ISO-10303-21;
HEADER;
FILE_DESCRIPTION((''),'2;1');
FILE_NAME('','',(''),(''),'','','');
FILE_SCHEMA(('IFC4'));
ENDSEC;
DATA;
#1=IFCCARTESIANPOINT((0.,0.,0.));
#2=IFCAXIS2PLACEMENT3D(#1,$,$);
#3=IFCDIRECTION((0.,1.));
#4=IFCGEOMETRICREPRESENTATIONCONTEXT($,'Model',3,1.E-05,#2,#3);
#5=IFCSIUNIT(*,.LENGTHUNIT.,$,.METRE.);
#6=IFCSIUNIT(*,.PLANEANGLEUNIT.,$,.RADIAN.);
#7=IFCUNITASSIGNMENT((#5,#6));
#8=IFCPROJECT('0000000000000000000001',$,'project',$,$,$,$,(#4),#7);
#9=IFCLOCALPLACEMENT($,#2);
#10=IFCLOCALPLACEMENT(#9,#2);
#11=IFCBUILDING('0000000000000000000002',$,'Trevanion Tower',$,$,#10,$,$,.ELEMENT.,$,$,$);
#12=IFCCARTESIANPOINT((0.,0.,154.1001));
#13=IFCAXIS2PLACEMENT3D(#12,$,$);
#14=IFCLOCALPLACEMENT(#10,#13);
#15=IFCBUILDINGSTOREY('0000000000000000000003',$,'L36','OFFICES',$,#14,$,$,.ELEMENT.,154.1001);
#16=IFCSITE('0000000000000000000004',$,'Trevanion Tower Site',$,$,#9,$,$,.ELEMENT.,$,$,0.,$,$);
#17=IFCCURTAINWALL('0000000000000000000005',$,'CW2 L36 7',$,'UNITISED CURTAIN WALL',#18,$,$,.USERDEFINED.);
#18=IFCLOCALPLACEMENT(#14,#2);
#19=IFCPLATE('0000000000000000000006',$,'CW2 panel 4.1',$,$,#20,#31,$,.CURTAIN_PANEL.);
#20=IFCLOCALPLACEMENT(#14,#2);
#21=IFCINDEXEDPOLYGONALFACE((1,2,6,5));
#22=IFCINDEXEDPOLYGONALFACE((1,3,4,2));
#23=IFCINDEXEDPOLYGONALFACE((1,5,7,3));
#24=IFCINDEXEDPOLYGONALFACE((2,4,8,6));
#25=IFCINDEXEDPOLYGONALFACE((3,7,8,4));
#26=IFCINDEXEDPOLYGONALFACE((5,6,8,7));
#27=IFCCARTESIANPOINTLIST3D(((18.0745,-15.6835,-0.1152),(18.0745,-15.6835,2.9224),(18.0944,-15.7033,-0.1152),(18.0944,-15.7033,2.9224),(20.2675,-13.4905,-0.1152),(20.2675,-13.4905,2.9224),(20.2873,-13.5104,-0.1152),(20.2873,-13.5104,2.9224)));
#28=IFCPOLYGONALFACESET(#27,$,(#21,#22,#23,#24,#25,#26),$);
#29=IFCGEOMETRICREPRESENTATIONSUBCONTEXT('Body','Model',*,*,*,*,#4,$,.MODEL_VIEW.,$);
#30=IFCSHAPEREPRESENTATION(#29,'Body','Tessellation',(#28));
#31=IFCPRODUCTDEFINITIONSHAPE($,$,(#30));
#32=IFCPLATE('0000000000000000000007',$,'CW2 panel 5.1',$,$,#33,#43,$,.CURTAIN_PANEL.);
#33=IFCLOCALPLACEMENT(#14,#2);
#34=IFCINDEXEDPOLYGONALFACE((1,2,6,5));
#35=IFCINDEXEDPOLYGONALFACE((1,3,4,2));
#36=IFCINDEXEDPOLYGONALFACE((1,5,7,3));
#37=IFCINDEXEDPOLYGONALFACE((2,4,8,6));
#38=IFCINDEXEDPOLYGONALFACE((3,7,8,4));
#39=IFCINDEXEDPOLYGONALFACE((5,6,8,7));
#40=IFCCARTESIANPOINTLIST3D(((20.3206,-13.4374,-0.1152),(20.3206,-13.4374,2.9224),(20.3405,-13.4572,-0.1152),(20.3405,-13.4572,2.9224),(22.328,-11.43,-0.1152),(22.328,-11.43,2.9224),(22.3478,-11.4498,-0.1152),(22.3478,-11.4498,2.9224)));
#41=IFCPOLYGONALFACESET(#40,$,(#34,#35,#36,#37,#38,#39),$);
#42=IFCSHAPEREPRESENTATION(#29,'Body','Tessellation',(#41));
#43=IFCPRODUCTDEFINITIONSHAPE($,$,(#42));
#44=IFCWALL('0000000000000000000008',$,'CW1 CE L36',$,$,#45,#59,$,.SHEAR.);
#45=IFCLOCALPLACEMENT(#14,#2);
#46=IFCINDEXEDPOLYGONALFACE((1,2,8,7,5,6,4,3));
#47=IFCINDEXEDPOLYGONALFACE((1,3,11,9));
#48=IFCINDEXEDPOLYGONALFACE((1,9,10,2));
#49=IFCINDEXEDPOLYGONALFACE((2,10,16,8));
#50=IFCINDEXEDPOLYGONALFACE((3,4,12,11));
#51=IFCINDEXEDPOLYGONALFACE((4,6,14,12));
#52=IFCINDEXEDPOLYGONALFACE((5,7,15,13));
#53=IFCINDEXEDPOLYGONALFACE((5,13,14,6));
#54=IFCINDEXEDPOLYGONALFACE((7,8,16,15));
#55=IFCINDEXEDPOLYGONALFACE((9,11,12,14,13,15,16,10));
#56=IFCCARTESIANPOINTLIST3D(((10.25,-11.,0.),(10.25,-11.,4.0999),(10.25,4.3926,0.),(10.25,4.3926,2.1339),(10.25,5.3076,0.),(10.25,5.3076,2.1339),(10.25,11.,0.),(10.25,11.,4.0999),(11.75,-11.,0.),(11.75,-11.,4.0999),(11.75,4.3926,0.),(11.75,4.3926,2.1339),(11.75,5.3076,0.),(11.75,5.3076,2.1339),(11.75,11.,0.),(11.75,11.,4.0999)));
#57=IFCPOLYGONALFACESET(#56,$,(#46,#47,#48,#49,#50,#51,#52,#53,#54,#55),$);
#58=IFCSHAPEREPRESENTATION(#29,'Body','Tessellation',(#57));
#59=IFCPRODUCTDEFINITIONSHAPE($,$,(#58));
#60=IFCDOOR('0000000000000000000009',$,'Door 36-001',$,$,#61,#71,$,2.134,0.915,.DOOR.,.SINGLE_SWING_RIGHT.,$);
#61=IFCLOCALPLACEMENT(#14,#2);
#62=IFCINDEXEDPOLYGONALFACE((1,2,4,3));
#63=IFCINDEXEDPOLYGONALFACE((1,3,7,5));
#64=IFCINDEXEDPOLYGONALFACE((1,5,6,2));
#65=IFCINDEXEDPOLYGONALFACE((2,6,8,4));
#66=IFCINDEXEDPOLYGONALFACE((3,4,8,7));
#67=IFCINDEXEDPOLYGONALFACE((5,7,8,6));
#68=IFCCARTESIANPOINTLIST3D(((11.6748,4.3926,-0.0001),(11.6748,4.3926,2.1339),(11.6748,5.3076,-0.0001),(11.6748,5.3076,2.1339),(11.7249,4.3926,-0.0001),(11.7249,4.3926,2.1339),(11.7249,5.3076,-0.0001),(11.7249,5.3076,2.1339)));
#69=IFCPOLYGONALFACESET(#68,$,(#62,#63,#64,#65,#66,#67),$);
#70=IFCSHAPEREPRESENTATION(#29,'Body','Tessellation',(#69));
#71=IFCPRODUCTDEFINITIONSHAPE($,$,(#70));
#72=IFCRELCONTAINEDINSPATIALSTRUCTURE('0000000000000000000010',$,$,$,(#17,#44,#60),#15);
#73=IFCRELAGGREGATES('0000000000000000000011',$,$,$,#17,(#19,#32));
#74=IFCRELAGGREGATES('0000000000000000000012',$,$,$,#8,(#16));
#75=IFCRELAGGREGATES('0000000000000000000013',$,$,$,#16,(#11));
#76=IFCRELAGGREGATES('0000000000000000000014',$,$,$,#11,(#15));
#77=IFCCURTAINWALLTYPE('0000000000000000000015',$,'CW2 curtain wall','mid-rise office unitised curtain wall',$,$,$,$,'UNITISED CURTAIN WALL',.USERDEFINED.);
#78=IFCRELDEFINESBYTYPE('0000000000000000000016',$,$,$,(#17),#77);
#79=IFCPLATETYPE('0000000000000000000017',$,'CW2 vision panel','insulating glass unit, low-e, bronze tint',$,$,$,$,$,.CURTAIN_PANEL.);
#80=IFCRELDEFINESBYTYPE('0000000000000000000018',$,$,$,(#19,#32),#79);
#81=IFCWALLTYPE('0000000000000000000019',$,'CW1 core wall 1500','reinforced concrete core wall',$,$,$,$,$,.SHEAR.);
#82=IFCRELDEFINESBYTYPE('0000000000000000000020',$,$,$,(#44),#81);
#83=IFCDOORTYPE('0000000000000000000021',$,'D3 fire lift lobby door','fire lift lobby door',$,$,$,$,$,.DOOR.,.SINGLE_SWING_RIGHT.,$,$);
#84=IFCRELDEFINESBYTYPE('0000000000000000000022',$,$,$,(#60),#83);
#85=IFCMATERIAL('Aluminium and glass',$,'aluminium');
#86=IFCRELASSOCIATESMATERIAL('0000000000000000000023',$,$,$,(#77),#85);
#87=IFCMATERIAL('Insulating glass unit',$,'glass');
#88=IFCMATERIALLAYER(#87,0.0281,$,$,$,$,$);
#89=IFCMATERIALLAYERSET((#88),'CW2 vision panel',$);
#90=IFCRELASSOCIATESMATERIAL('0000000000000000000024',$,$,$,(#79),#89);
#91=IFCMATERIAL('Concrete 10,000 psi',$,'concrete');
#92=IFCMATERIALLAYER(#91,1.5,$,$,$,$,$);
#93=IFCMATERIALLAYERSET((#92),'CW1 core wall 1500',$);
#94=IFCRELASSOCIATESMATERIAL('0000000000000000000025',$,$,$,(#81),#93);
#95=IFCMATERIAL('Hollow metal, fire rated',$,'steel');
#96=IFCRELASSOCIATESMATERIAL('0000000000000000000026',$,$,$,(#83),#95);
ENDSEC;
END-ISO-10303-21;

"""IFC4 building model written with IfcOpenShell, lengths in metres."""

from ifc_helpers import new_model, si_unit, direction, frame, frame_2d, origin, origin_2d, place, context, subcontext, project, spatial, rectangle, extrude, material, layer, layer_set, type_object, element, fill, aggregate, save


model = new_model("IFC4")

# Units and contexts
model_context = context("Model", 3, precision=1e-05, world=origin(), true_north=direction((0.0, 1.0)))
body_context = subcontext(model_context, "Body", "Model", "MODEL_VIEW")
ifc_project = project(units=[si_unit("LENGTHUNIT", "METRE"), si_unit("PLANEANGLEUNIT", "RADIAN")], contexts=[model_context])

# Site, building, storey
site_placement = place(None, origin())
site = spatial("IfcSite", under=ifc_project, at=site_placement, Name="Trevanion Tower Site", CompositionType="ELEMENT", RefElevation=0.0)
building_placement = place(site_placement, origin())
building = spatial("IfcBuilding", under=site, at=building_placement, Name="Trevanion Tower", CompositionType="ELEMENT")
storey_placement = place(building_placement, frame((0.0, 0.0, 154.1001)))
storey = spatial("IfcBuildingStorey", under=building, at=storey_placement, Name="L36", Description="OFFICES", CompositionType="ELEMENT", Elevation=154.1001)

# Curtain wall
ifc_material_1 = material(Name="Aluminium and glass", Category="aluminium")
curtain_wall_type = type_object("IfcCurtainWallType", Name="CW2 curtain wall", Description="mid-rise office unitised curtain wall", ElementType="UNITISED CURTAIN WALL", PredefinedType="USERDEFINED", material=ifc_material_1)
curtain_wall_1_placement = place(storey_placement, origin())
curtain_wall_1 = element("IfcCurtainWall", 1, at=curtain_wall_1_placement, inside=storey, type_object=curtain_wall_type, Name="CW2 L36 7", ObjectType="UNITISED CURTAIN WALL", PredefinedType="USERDEFINED")

# Plates
ifc_material_2 = material(Name="Insulating glass unit", Category="glass")
ifc_layer_1 = layer(ifc_material_2, 0.0281)
ifc_layer_set_1 = layer_set([ifc_layer_1], Name="CW2 vision panel")
plate_type_1 = type_object("IfcPlateType", Name="CW2 vision panel", Description="insulating glass unit, low-e, bronze tint", PredefinedType="CURTAIN_PANEL", material=ifc_layer_set_1)
plate_1_placement = place(storey_placement, frame((19.1809, -14.5969, -0.1152), z_axis=(0.0, 0.0, 1.0), x_axis=(0.707107, 0.707107, 0.0)))
plate_1 = element("IfcPlate", 2, at=plate_1_placement, type_object=plate_type_1, Name="CW2 panel 4.1", PredefinedType="CURTAIN_PANEL", context=body_context, shape_type="SweptSolid", body=[
    extrude(rectangle(XDim=3.1013, YDim=0.0281, at=origin_2d()), origin(), (0.0, 0.0, 1.0), 3.0376),
])
plate_2_placement = place(storey_placement, frame((21.3342, -12.4436, -0.1152), z_axis=(0.0, 0.0, 1.0), x_axis=(0.707107, 0.707107, 0.0)))
plate_2 = element("IfcPlate", 3, at=plate_2_placement, type_object=plate_type_1, Name="CW2 panel 5.1", PredefinedType="CURTAIN_PANEL", context=body_context, shape_type="SweptSolid", body=[
    extrude(rectangle(XDim=2.8389, YDim=0.0281, at=origin_2d()), origin(), (0.0, 0.0, 1.0), 3.0376),
])
aggregate(curtain_wall_1, [plate_1, plate_2])

# Wall, opening, door
ifc_material_3 = material(Name="Concrete 10,000 psi", Category="concrete")
ifc_layer_2 = layer(ifc_material_3, 1.5)
ifc_layer_set_2 = layer_set([ifc_layer_2], Name="CW1 core wall 1500")
wall_type = type_object("IfcWallType", Name="CW1 core wall 1500", Description="reinforced concrete core wall", PredefinedType="SHEAR", material=ifc_layer_set_2)
wall_placement = place(storey_placement, frame((11.0, -11.0, 0.0), z_axis=(0.0, 0.0, 1.0), x_axis=(0.0, 1.0, 0.0)))
wall = element("IfcWall", 4, at=wall_placement, inside=storey, type_object=wall_type, Name="CW1 CE L36", PredefinedType="SHEAR", context=body_context, shape_type="SweptSolid", body=[
    extrude(rectangle(XDim=22.0, YDim=1.5, at=frame_2d((11.0, 0.0))), origin(), (0.0, 0.0, 1.0), 4.0999),
])
opening_placement = place(wall_placement, frame((15.3926, 0.0, 0.0)))
opening = element("IfcOpeningElement", 5, at=opening_placement, cuts=wall, PredefinedType="OPENING", context=body_context, shape_type="SweptSolid", body=[
    extrude(rectangle(XDim=0.915, YDim=2.134, at=frame_2d((0.4575, 1.0669))), frame((0.0, 0.76, 0.0), z_axis=(0.0, -1.0, 0.0), x_axis=(1.0, 0.0, 0.0)), (0.0, 0.0, 1.0), 1.52),
])
ifc_material_4 = material(Name="Hollow metal, fire rated", Category="steel")
door_type = type_object("IfcDoorType", Name="D3 fire lift lobby door", Description="fire lift lobby door", OperationType="SINGLE_SWING_RIGHT", PredefinedType="DOOR", material=ifc_material_4)
door_placement = place(opening_placement, origin())
door = element("IfcDoor", 6, at=door_placement, inside=storey, type_object=door_type, Name="Door 36-001", OperationType="SINGLE_SWING_RIGHT", OverallHeight=2.134, OverallWidth=0.915, PredefinedType="DOOR", context=body_context, shape_type="SweptSolid", body=[
    extrude(rectangle(XDim=0.915, YDim=2.134, at=frame_2d((0.4575, 1.0669))), frame((0.0, -0.6748, 0.0), z_axis=(0.0, -1.0, 0.0), x_axis=(1.0, 0.0, 0.0)), (0.0, 0.0, 1.0), 0.05),
])
fill(opening, door)

save(model, "model.ifc")
